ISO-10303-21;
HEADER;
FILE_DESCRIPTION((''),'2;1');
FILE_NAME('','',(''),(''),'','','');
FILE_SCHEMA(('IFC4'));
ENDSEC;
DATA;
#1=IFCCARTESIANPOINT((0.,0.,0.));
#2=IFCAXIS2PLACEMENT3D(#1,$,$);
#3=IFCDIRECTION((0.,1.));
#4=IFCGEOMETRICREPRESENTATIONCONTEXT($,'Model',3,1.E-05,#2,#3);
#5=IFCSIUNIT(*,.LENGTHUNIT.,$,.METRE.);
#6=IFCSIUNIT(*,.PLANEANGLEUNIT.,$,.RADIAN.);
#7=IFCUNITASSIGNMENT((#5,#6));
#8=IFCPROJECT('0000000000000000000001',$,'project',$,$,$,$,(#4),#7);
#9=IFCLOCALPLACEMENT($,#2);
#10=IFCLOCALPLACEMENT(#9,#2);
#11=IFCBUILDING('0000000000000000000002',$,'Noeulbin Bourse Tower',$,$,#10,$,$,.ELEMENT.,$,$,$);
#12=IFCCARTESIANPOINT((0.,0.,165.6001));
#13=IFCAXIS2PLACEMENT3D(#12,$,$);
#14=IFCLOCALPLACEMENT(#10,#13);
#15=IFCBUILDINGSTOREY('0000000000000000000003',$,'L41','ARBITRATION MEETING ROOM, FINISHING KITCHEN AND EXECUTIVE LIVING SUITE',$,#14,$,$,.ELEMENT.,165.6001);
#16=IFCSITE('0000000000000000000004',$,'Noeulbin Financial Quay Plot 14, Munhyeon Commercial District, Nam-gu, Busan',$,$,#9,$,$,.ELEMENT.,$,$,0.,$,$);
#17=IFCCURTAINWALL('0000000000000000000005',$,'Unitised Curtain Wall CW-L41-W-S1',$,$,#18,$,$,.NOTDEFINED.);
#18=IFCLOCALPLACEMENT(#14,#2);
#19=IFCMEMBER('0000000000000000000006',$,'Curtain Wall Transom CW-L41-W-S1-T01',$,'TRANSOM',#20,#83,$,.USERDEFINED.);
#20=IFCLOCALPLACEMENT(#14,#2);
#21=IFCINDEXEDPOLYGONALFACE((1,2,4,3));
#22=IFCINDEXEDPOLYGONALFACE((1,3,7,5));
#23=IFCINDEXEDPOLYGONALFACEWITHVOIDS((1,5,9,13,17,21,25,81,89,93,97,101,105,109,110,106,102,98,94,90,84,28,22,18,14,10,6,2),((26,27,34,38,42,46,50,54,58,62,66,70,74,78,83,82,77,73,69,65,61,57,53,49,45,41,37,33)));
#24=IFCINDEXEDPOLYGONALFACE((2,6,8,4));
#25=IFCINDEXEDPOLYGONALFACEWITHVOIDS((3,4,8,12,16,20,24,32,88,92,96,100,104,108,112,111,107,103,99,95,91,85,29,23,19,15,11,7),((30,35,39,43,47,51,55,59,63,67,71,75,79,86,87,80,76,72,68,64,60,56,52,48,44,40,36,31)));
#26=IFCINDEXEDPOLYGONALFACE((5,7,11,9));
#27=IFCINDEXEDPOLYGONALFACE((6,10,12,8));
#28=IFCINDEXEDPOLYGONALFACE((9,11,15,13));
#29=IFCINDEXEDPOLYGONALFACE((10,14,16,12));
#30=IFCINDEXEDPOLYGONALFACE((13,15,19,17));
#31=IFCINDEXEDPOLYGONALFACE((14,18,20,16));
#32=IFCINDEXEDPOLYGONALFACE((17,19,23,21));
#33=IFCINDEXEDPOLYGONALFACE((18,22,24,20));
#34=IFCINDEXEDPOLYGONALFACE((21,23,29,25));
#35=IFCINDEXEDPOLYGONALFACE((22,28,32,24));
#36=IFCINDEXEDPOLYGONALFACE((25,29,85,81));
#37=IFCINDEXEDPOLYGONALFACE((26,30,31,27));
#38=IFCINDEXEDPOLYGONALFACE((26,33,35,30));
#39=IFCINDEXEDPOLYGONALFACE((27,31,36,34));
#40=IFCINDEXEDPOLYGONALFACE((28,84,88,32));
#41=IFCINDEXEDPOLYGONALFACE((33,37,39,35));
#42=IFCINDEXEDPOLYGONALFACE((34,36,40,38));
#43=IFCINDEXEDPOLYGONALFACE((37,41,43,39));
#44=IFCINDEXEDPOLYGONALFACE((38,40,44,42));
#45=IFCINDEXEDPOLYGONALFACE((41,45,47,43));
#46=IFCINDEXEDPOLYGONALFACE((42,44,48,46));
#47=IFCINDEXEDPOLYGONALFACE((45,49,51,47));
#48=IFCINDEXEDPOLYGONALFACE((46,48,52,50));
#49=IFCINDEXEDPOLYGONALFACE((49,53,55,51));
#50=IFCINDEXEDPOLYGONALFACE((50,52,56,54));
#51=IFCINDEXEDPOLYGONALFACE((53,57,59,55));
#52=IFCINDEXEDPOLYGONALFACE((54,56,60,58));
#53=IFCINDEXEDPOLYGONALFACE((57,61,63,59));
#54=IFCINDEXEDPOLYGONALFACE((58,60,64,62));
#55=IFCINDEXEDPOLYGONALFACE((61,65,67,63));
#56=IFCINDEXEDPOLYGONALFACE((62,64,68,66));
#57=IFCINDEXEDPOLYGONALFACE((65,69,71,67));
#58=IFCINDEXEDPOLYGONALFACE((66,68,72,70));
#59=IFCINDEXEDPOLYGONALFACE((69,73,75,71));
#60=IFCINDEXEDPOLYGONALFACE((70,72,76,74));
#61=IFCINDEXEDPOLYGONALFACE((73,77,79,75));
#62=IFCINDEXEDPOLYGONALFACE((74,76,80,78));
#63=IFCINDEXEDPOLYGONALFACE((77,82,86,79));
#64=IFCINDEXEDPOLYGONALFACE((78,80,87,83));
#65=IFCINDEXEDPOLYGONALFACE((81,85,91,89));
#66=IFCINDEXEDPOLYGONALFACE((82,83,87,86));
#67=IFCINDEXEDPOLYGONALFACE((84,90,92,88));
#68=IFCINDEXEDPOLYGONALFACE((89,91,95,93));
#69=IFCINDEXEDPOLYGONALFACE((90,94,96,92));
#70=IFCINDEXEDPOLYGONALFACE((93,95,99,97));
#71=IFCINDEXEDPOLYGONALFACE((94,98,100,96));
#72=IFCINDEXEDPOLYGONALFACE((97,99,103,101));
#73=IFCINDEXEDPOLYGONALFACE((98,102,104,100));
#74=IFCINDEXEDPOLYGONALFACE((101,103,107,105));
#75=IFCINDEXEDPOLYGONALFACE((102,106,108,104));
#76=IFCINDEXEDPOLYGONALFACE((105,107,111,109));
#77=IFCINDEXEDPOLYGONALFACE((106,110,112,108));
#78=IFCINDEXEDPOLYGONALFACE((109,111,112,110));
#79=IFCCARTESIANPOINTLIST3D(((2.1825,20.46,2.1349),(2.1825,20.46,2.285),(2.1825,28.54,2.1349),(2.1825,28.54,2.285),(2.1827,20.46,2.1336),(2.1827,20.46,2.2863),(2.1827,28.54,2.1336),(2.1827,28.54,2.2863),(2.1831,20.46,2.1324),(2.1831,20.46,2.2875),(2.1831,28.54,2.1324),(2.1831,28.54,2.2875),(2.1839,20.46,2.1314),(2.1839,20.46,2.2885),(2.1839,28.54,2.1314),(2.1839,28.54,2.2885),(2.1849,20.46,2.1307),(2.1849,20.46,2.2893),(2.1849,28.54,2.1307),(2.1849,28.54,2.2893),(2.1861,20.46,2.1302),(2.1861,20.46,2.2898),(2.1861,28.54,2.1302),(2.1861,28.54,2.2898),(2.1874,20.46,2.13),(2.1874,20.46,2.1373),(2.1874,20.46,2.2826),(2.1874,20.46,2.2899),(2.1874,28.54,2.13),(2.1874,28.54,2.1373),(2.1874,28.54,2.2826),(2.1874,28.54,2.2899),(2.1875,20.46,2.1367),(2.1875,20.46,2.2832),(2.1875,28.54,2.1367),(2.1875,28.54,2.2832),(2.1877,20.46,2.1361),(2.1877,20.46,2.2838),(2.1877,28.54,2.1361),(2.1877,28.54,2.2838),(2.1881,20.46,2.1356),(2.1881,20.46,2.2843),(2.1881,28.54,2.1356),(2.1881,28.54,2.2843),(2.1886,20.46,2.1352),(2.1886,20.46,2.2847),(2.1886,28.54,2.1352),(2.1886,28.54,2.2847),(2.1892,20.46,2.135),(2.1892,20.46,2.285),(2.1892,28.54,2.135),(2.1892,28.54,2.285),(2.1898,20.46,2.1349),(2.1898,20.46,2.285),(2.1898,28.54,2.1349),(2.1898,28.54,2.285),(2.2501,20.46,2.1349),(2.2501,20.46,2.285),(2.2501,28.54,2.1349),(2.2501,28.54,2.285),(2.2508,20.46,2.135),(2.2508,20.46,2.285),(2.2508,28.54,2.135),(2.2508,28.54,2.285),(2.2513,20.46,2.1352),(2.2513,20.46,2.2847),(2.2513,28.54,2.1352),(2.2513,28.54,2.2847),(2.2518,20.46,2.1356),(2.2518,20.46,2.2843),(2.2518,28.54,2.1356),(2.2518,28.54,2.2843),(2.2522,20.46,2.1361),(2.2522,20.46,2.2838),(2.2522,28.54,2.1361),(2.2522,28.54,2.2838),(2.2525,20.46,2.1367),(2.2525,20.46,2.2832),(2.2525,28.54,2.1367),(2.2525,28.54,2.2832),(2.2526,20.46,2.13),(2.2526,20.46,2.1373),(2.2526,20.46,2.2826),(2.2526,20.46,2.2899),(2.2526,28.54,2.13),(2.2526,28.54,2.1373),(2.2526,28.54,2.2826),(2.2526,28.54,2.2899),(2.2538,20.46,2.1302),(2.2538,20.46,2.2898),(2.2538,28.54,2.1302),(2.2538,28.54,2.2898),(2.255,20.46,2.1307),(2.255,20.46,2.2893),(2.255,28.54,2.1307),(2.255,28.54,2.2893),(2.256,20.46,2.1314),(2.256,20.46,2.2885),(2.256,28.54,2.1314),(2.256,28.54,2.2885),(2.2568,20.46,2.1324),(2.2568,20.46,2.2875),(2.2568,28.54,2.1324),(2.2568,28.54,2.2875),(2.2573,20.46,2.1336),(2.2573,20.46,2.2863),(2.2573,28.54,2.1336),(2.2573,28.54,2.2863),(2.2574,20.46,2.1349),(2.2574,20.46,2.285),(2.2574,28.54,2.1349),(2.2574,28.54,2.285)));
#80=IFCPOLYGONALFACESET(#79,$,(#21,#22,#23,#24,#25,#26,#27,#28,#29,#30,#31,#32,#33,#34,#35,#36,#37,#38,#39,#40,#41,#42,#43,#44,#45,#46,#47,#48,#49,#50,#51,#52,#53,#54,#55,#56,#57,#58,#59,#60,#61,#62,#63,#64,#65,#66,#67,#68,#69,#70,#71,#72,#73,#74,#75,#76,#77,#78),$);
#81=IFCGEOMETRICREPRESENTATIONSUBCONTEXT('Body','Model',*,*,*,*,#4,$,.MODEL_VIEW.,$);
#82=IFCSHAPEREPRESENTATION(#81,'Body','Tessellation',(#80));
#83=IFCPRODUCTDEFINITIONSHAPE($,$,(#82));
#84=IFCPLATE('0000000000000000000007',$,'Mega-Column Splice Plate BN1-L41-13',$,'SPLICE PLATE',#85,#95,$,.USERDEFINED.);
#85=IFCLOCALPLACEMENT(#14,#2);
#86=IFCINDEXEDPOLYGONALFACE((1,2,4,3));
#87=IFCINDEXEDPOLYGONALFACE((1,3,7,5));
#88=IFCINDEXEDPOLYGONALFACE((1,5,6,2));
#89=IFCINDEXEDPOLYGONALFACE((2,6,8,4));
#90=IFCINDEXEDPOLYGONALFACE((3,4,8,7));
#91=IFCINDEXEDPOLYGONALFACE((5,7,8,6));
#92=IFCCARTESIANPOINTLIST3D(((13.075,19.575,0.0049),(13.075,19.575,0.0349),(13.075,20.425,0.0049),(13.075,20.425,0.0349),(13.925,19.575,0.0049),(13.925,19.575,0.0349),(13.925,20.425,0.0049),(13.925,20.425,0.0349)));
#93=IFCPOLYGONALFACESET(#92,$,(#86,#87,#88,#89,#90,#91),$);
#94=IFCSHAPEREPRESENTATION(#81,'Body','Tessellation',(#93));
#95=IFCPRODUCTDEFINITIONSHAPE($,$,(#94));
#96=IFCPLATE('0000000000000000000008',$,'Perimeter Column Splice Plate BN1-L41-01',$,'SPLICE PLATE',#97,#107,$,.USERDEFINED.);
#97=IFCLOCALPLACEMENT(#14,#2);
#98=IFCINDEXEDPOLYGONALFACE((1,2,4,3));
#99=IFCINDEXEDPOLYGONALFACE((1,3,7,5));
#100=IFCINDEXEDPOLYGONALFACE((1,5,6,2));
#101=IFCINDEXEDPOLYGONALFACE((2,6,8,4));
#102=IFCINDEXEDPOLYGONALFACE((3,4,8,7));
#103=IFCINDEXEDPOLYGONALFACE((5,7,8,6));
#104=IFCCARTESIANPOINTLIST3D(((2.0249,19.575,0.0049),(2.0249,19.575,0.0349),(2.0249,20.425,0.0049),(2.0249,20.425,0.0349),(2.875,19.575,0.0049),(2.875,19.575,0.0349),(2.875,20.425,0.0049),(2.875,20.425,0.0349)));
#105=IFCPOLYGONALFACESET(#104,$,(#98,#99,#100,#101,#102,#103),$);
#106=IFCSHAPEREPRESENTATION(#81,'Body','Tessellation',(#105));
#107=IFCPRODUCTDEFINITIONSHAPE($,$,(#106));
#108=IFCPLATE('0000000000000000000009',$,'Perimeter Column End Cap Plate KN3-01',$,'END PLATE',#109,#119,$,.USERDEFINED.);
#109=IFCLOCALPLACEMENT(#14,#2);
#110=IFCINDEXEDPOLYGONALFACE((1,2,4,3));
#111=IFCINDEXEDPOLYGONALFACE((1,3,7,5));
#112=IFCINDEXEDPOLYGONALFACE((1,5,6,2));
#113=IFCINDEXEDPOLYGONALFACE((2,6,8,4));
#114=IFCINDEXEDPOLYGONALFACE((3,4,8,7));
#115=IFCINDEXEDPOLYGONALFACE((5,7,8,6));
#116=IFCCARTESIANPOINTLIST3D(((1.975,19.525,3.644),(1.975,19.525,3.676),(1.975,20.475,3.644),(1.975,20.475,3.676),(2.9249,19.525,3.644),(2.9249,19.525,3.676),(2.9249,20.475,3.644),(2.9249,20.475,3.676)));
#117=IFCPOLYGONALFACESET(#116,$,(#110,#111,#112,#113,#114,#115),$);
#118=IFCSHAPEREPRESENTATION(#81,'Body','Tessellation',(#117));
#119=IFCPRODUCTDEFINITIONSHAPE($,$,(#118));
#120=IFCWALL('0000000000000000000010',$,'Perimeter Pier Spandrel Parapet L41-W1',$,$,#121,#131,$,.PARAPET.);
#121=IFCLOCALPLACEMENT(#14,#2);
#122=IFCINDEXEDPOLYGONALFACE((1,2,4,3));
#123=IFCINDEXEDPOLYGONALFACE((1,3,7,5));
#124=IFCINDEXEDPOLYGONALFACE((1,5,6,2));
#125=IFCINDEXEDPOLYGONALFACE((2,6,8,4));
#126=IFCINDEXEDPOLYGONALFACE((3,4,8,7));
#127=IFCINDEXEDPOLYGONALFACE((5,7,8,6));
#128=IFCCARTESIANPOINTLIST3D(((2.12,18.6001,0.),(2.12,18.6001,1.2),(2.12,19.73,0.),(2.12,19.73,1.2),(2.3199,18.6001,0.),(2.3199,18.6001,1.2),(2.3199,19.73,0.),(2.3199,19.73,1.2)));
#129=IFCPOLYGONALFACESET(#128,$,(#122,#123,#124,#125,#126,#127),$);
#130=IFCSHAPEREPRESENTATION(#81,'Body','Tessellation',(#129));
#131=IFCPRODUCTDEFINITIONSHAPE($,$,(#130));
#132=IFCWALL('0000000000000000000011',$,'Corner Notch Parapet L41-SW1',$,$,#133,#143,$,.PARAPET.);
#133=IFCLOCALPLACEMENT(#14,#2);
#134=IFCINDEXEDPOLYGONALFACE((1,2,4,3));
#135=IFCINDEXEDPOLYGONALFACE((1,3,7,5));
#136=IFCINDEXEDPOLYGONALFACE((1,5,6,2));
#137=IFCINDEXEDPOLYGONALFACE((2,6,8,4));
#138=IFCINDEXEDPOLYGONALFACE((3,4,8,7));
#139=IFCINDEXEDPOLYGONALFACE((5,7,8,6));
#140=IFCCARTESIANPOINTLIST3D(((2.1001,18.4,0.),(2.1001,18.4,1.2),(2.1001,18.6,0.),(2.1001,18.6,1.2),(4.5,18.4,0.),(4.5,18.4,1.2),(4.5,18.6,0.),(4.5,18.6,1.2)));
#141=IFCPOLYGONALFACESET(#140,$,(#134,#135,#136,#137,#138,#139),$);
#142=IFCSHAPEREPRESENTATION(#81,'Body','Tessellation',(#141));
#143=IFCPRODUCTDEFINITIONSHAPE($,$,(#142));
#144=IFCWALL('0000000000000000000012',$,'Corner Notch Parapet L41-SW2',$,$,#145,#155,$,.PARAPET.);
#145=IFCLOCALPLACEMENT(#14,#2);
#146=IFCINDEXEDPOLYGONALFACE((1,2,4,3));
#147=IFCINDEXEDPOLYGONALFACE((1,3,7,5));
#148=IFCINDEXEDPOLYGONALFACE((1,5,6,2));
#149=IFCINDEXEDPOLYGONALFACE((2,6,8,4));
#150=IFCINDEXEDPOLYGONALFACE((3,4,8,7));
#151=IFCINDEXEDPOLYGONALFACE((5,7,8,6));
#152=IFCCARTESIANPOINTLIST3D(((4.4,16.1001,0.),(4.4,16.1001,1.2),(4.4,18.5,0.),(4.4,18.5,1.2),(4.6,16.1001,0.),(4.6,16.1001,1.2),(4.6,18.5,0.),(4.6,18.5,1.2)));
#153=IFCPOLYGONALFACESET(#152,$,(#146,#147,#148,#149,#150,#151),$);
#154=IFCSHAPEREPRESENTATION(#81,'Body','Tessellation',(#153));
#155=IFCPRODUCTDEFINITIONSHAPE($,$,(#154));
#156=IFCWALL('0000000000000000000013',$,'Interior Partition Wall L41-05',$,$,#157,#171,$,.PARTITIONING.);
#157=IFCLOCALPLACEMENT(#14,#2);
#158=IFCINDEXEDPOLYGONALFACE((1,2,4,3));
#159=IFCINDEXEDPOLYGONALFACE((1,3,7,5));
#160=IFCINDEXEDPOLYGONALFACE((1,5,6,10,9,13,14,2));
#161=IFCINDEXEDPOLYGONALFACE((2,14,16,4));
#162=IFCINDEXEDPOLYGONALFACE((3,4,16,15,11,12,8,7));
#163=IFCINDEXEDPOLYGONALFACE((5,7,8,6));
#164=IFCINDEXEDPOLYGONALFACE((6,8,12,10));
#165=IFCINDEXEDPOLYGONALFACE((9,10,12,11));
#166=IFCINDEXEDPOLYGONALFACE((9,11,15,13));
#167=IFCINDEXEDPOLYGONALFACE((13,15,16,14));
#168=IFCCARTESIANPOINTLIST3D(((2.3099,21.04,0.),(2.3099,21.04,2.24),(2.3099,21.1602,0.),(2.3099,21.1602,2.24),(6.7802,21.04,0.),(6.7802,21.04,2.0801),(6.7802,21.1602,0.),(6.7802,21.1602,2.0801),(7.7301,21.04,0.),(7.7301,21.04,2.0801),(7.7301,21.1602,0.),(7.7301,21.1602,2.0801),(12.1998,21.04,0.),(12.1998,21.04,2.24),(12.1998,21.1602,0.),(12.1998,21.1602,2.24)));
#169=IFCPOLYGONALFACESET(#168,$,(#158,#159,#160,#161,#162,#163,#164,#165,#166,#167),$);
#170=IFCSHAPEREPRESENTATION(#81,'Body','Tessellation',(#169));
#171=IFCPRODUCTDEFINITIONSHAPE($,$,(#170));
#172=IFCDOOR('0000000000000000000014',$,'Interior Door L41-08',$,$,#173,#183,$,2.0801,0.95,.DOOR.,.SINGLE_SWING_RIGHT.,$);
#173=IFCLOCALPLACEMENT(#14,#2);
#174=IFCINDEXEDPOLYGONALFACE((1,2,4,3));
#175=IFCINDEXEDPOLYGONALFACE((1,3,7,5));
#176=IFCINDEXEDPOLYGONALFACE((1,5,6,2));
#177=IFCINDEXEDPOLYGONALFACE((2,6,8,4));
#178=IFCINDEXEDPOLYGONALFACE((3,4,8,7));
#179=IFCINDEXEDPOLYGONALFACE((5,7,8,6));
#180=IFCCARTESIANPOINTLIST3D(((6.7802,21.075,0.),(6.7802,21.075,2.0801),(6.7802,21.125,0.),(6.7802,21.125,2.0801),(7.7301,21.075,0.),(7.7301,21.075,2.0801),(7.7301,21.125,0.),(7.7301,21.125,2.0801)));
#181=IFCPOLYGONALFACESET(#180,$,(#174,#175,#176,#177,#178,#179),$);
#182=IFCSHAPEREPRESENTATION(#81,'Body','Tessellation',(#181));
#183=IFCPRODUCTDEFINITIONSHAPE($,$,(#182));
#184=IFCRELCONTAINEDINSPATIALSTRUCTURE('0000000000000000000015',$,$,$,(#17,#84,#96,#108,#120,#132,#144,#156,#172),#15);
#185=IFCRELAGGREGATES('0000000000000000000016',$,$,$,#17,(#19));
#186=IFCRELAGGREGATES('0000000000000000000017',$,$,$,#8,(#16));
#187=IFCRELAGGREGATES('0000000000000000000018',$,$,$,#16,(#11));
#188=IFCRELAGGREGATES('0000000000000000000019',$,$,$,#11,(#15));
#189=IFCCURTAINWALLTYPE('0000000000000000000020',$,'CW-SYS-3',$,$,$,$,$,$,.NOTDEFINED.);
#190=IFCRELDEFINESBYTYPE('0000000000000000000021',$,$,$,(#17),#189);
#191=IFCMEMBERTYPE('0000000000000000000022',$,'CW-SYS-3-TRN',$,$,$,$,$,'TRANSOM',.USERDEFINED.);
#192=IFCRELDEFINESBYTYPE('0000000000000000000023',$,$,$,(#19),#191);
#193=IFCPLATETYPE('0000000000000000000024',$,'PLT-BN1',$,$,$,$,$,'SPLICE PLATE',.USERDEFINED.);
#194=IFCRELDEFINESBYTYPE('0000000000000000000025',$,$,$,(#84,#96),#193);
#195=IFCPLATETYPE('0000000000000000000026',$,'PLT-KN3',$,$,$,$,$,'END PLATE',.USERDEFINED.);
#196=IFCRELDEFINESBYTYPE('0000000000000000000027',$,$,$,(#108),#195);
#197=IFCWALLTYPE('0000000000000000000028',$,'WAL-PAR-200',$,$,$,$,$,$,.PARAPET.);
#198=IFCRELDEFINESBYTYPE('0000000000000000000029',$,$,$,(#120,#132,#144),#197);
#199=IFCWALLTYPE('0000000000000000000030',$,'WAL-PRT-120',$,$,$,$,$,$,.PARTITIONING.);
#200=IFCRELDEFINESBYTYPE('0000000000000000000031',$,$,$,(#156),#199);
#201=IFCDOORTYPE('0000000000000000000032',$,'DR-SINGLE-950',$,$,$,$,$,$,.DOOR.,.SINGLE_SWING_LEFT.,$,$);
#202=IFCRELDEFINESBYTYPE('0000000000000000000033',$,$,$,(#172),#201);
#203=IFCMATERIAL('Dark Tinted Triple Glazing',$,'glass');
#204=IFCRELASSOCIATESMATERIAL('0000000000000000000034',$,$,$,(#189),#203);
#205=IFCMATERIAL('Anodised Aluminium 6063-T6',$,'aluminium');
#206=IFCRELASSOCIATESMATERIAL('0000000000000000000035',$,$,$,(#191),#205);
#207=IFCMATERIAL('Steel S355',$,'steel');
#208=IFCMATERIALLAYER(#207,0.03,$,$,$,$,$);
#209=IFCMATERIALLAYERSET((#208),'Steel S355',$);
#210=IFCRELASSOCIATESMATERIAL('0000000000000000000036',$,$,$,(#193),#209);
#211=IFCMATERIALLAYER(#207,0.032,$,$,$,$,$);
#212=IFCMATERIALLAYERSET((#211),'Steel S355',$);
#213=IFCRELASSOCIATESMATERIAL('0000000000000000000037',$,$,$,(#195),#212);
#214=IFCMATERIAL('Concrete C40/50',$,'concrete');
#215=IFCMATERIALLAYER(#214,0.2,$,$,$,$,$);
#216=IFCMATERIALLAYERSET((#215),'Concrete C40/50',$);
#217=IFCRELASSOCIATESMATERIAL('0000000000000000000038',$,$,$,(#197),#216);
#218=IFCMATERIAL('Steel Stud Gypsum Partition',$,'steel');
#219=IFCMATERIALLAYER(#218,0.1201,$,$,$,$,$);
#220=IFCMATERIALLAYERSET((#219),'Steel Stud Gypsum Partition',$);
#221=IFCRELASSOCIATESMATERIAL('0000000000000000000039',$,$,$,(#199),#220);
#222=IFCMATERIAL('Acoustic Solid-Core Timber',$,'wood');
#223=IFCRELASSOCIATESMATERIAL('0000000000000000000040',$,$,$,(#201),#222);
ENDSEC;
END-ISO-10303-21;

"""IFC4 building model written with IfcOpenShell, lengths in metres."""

from ifc_helpers import new_model, si_unit, direction, frame, frame_2d, origin, origin_2d, place, context, subcontext, project, spatial, rectangle, hollow_rectangle, extrude, material, layer, layer_set, material_profile, profile_set, type_object, element, fill, aggregate, save


model = new_model("IFC4")

# Units and contexts
model_context = context("Model", 3, precision=1e-05, world=origin(), true_north=direction((0.0, 1.0)))
body_context = subcontext(model_context, "Body", "Model", "MODEL_VIEW")
ifc_project = project(units=[si_unit("LENGTHUNIT", "METRE"), si_unit("PLANEANGLEUNIT", "RADIAN")], contexts=[model_context])

# Site, building, storey
site_placement = place(None, origin())
site = spatial("IfcSite", under=ifc_project, at=site_placement, Name="Noeulbin Financial Quay Plot 14, Munhyeon Commercial District, Nam-gu, Busan", CompositionType="ELEMENT", RefElevation=0.0)
building_placement = place(site_placement, origin())
building = spatial("IfcBuilding", under=site, at=building_placement, Name="Noeulbin Bourse Tower", CompositionType="ELEMENT")
storey_placement = place(building_placement, frame((0.0, 0.0, 165.6001)))
storey = spatial("IfcBuildingStorey", under=building, at=storey_placement, Name="L41", Description="ARBITRATION MEETING ROOM, FINISHING KITCHEN AND EXECUTIVE LIVING SUITE", CompositionType="ELEMENT", Elevation=165.6001)

# Shared definitions
ifc_material_1 = material(Name="Steel S355", Category="steel")

# Curtain wall, member
ifc_material_2 = material(Name="Dark Tinted Triple Glazing", Category="glass")
curtain_wall_type = type_object("IfcCurtainWallType", Name="CW-SYS-3", PredefinedType="NOTDEFINED", material=ifc_material_2)
curtain_wall_placement = place(storey_placement, origin())
curtain_wall = element("IfcCurtainWall", 1, at=curtain_wall_placement, inside=storey, type_object=curtain_wall_type, Name="Unitised Curtain Wall CW-L41-W-S1", PredefinedType="NOTDEFINED")
ifc_material_3 = material(Name="Anodised Aluminium 6063-T6", Category="aluminium")
ifc_material_profile_1 = material_profile(ifc_material_3, hollow_rectangle(XDim=0.075, YDim=0.1599, WallThickness=0.0049, InnerFilletRadius=0.0024, OuterFilletRadius=0.0049, at=origin_2d()), Name="ALU-TRAN-75x160x5", Category="LoadBearing")
ifc_profile_set_1 = profile_set([ifc_material_profile_1], Name="Anodised Aluminium 6063-T6")
member_type_1 = type_object("IfcMemberType", Name="CW-SYS-3-TRN", ElementType="TRANSOM", PredefinedType="USERDEFINED", material=ifc_profile_set_1)
member_1_placement = place(storey_placement, frame((2.22, 20.46, 2.21), z_axis=(0.0, 1.0, 0.0), x_axis=(-1.0, 0.0, 0.0)))
member_1 = element("IfcMember", 2, at=member_1_placement, type_object=member_type_1, Name="Curtain Wall Transom CW-L41-W-S1-T01", ObjectType="TRANSOM", PredefinedType="USERDEFINED", context=body_context, shape_type="SweptSolid", body=[
    extrude(hollow_rectangle(XDim=0.075, YDim=0.1599, WallThickness=0.0049, InnerFilletRadius=0.0024, OuterFilletRadius=0.0049, at=origin_2d()), origin(), (0.0, 0.0, 1.0), 8.0801),
])
aggregate(curtain_wall, [member_1])

# Plates
ifc_layer_1 = layer(ifc_material_1, 0.03)
ifc_layer_set_1 = layer_set([ifc_layer_1], Name="Steel S355")
plate_type_1 = type_object("IfcPlateType", Name="PLT-BN1", ElementType="SPLICE PLATE", PredefinedType="USERDEFINED", material=ifc_layer_set_1)
for number, where, z_axis, x_axis, name in (
    (3, (13.5, 20.0, 0.0049), (0.0, 0.0, 1.0), (1.0, 0.0, 0.0), "Mega-Column Splice Plate BN1-L41-13"),
    (4, (2.45, 20.0, 0.0049), (0.0, 0.0, 1.0), (1.0, 0.0, 0.0), "Perimeter Column Splice Plate BN1-L41-01"),
):
    element("IfcPlate", number, at=place(storey_placement, frame(where, z_axis=z_axis, x_axis=x_axis)), inside=storey, type_object=plate_type_1, Name=name, ObjectType="SPLICE PLATE", PredefinedType="USERDEFINED", context=body_context, shape_type="SweptSolid", body=[
        extrude(rectangle(XDim=0.8501, YDim=0.8501, at=origin_2d()), origin(), (0.0, 0.0, 1.0), 0.03),
    ])
ifc_layer_2 = layer(ifc_material_1, 0.032)
ifc_layer_set_2 = layer_set([ifc_layer_2], Name="Steel S355")
plate_type_2 = type_object("IfcPlateType", Name="PLT-KN3", ElementType="END PLATE", PredefinedType="USERDEFINED", material=ifc_layer_set_2)
plate_placement = place(storey_placement, frame((2.45, 20.0, 3.644), z_axis=(0.0, 0.0, 1.0), x_axis=(1.0, 0.0, 0.0)))
element("IfcPlate", 5, at=plate_placement, inside=storey, type_object=plate_type_2, Name="Perimeter Column End Cap Plate KN3-01", ObjectType="END PLATE", PredefinedType="USERDEFINED", context=body_context, shape_type="SweptSolid", body=[
    extrude(rectangle(XDim=0.95, YDim=0.95, at=origin_2d()), origin(), (0.0, 0.0, 1.0), 0.032),
])

# Walls
ifc_material_4 = material(Name="Concrete C40/50", Category="concrete")
ifc_layer_3 = layer(ifc_material_4, 0.2)
ifc_layer_set_3 = layer_set([ifc_layer_3], Name="Concrete C40/50")
wall_type_1 = type_object("IfcWallType", Name="WAL-PAR-200", PredefinedType="PARAPET", material=ifc_layer_set_3)
wall_1_placement = place(storey_placement, frame((2.22, 18.6001, 0.0), z_axis=(0.0, 0.0, 1.0), x_axis=(0.0, 1.0, 0.0)))
element("IfcWall", 6, at=wall_1_placement, inside=storey, type_object=wall_type_1, Name="Perimeter Pier Spandrel Parapet L41-W1", PredefinedType="PARAPET", context=body_context, shape_type="SweptSolid", body=[
    extrude(rectangle(XDim=1.1299, YDim=0.2, at=frame_2d((0.5649, 0.0))), origin(), (0.0, 0.0, 1.0), 1.2),
])
for number, where, z_axis, x_axis, name in (
    (7, (2.1001, 18.5, 0.0), (0.0, 0.0, 1.0), (1.0, 0.0, 0.0), "Corner Notch Parapet L41-SW1"),
    (8, (4.5, 18.5, 0.0), (0.0, 0.0, 1.0), (0.0, -1.0, 0.0), "Corner Notch Parapet L41-SW2"),
):
    element("IfcWall", number, at=place(storey_placement, frame(where, z_axis=z_axis, x_axis=x_axis)), inside=storey, type_object=wall_type_1, Name=name, PredefinedType="PARAPET", context=body_context, shape_type="SweptSolid", body=[
        extrude(rectangle(XDim=2.3999, YDim=0.2, at=frame_2d((1.2, 0.0))), origin(), (0.0, 0.0, 1.0), 1.2),
    ])

# Wall, opening, door
ifc_material_5 = material(Name="Steel Stud Gypsum Partition", Category="steel")
ifc_layer_4 = layer(ifc_material_5, 0.1201)
ifc_layer_set_4 = layer_set([ifc_layer_4], Name="Steel Stud Gypsum Partition")
wall_type_2 = type_object("IfcWallType", Name="WAL-PRT-120", PredefinedType="PARTITIONING", material=ifc_layer_set_4)
wall_2_placement = place(storey_placement, frame((2.3101, 21.1001, 0.0), z_axis=(0.0, 0.0, 1.0), x_axis=(1.0, 0.0, 0.0)))
wall_2 = element("IfcWall", 9, at=wall_2_placement, inside=storey, type_object=wall_type_2, Name="Interior Partition Wall L41-05", PredefinedType="PARTITIONING", context=body_context, shape_type="SweptSolid", body=[
    extrude(rectangle(XDim=9.8899, YDim=0.1201, at=frame_2d((4.9448, 0.0))), origin(), (0.0, 0.0, 1.0), 2.24),
])
opening_placement = place(wall_2_placement, frame((4.47, 0.0, 0.0)))
opening = element("IfcOpeningElement", 10, at=opening_placement, cuts=wall_2, PredefinedType="OPENING", context=body_context, shape_type="SweptSolid", body=[
    extrude(rectangle(XDim=0.95, YDim=2.0801, at=frame_2d((0.4751, 1.04))), frame((0.0, 0.0701, 0.0), z_axis=(0.0, -1.0, 0.0), x_axis=(1.0, 0.0, 0.0)), (0.0, 0.0, 1.0), 0.1401),
])
ifc_material_6 = material(Name="Acoustic Solid-Core Timber", Category="wood")
door_type = type_object("IfcDoorType", Name="DR-SINGLE-950", OperationType="SINGLE_SWING_LEFT", PredefinedType="DOOR", material=ifc_material_6)
door_placement = place(opening_placement, origin())
door = element("IfcDoor", 11, at=door_placement, inside=storey, type_object=door_type, Name="Interior Door L41-08", OperationType="SINGLE_SWING_RIGHT", OverallHeight=2.0801, OverallWidth=0.95, PredefinedType="DOOR", context=body_context, shape_type="SweptSolid", body=[
    extrude(rectangle(XDim=0.95, YDim=2.0801, at=frame_2d((0.4751, 1.04))), frame((0.0, 0.0249, 0.0), z_axis=(0.0, -1.0, 0.0), x_axis=(1.0, 0.0, 0.0)), (0.0, 0.0, 1.0), 0.05),
])
fill(opening, door)

save(model, "model.ifc")
